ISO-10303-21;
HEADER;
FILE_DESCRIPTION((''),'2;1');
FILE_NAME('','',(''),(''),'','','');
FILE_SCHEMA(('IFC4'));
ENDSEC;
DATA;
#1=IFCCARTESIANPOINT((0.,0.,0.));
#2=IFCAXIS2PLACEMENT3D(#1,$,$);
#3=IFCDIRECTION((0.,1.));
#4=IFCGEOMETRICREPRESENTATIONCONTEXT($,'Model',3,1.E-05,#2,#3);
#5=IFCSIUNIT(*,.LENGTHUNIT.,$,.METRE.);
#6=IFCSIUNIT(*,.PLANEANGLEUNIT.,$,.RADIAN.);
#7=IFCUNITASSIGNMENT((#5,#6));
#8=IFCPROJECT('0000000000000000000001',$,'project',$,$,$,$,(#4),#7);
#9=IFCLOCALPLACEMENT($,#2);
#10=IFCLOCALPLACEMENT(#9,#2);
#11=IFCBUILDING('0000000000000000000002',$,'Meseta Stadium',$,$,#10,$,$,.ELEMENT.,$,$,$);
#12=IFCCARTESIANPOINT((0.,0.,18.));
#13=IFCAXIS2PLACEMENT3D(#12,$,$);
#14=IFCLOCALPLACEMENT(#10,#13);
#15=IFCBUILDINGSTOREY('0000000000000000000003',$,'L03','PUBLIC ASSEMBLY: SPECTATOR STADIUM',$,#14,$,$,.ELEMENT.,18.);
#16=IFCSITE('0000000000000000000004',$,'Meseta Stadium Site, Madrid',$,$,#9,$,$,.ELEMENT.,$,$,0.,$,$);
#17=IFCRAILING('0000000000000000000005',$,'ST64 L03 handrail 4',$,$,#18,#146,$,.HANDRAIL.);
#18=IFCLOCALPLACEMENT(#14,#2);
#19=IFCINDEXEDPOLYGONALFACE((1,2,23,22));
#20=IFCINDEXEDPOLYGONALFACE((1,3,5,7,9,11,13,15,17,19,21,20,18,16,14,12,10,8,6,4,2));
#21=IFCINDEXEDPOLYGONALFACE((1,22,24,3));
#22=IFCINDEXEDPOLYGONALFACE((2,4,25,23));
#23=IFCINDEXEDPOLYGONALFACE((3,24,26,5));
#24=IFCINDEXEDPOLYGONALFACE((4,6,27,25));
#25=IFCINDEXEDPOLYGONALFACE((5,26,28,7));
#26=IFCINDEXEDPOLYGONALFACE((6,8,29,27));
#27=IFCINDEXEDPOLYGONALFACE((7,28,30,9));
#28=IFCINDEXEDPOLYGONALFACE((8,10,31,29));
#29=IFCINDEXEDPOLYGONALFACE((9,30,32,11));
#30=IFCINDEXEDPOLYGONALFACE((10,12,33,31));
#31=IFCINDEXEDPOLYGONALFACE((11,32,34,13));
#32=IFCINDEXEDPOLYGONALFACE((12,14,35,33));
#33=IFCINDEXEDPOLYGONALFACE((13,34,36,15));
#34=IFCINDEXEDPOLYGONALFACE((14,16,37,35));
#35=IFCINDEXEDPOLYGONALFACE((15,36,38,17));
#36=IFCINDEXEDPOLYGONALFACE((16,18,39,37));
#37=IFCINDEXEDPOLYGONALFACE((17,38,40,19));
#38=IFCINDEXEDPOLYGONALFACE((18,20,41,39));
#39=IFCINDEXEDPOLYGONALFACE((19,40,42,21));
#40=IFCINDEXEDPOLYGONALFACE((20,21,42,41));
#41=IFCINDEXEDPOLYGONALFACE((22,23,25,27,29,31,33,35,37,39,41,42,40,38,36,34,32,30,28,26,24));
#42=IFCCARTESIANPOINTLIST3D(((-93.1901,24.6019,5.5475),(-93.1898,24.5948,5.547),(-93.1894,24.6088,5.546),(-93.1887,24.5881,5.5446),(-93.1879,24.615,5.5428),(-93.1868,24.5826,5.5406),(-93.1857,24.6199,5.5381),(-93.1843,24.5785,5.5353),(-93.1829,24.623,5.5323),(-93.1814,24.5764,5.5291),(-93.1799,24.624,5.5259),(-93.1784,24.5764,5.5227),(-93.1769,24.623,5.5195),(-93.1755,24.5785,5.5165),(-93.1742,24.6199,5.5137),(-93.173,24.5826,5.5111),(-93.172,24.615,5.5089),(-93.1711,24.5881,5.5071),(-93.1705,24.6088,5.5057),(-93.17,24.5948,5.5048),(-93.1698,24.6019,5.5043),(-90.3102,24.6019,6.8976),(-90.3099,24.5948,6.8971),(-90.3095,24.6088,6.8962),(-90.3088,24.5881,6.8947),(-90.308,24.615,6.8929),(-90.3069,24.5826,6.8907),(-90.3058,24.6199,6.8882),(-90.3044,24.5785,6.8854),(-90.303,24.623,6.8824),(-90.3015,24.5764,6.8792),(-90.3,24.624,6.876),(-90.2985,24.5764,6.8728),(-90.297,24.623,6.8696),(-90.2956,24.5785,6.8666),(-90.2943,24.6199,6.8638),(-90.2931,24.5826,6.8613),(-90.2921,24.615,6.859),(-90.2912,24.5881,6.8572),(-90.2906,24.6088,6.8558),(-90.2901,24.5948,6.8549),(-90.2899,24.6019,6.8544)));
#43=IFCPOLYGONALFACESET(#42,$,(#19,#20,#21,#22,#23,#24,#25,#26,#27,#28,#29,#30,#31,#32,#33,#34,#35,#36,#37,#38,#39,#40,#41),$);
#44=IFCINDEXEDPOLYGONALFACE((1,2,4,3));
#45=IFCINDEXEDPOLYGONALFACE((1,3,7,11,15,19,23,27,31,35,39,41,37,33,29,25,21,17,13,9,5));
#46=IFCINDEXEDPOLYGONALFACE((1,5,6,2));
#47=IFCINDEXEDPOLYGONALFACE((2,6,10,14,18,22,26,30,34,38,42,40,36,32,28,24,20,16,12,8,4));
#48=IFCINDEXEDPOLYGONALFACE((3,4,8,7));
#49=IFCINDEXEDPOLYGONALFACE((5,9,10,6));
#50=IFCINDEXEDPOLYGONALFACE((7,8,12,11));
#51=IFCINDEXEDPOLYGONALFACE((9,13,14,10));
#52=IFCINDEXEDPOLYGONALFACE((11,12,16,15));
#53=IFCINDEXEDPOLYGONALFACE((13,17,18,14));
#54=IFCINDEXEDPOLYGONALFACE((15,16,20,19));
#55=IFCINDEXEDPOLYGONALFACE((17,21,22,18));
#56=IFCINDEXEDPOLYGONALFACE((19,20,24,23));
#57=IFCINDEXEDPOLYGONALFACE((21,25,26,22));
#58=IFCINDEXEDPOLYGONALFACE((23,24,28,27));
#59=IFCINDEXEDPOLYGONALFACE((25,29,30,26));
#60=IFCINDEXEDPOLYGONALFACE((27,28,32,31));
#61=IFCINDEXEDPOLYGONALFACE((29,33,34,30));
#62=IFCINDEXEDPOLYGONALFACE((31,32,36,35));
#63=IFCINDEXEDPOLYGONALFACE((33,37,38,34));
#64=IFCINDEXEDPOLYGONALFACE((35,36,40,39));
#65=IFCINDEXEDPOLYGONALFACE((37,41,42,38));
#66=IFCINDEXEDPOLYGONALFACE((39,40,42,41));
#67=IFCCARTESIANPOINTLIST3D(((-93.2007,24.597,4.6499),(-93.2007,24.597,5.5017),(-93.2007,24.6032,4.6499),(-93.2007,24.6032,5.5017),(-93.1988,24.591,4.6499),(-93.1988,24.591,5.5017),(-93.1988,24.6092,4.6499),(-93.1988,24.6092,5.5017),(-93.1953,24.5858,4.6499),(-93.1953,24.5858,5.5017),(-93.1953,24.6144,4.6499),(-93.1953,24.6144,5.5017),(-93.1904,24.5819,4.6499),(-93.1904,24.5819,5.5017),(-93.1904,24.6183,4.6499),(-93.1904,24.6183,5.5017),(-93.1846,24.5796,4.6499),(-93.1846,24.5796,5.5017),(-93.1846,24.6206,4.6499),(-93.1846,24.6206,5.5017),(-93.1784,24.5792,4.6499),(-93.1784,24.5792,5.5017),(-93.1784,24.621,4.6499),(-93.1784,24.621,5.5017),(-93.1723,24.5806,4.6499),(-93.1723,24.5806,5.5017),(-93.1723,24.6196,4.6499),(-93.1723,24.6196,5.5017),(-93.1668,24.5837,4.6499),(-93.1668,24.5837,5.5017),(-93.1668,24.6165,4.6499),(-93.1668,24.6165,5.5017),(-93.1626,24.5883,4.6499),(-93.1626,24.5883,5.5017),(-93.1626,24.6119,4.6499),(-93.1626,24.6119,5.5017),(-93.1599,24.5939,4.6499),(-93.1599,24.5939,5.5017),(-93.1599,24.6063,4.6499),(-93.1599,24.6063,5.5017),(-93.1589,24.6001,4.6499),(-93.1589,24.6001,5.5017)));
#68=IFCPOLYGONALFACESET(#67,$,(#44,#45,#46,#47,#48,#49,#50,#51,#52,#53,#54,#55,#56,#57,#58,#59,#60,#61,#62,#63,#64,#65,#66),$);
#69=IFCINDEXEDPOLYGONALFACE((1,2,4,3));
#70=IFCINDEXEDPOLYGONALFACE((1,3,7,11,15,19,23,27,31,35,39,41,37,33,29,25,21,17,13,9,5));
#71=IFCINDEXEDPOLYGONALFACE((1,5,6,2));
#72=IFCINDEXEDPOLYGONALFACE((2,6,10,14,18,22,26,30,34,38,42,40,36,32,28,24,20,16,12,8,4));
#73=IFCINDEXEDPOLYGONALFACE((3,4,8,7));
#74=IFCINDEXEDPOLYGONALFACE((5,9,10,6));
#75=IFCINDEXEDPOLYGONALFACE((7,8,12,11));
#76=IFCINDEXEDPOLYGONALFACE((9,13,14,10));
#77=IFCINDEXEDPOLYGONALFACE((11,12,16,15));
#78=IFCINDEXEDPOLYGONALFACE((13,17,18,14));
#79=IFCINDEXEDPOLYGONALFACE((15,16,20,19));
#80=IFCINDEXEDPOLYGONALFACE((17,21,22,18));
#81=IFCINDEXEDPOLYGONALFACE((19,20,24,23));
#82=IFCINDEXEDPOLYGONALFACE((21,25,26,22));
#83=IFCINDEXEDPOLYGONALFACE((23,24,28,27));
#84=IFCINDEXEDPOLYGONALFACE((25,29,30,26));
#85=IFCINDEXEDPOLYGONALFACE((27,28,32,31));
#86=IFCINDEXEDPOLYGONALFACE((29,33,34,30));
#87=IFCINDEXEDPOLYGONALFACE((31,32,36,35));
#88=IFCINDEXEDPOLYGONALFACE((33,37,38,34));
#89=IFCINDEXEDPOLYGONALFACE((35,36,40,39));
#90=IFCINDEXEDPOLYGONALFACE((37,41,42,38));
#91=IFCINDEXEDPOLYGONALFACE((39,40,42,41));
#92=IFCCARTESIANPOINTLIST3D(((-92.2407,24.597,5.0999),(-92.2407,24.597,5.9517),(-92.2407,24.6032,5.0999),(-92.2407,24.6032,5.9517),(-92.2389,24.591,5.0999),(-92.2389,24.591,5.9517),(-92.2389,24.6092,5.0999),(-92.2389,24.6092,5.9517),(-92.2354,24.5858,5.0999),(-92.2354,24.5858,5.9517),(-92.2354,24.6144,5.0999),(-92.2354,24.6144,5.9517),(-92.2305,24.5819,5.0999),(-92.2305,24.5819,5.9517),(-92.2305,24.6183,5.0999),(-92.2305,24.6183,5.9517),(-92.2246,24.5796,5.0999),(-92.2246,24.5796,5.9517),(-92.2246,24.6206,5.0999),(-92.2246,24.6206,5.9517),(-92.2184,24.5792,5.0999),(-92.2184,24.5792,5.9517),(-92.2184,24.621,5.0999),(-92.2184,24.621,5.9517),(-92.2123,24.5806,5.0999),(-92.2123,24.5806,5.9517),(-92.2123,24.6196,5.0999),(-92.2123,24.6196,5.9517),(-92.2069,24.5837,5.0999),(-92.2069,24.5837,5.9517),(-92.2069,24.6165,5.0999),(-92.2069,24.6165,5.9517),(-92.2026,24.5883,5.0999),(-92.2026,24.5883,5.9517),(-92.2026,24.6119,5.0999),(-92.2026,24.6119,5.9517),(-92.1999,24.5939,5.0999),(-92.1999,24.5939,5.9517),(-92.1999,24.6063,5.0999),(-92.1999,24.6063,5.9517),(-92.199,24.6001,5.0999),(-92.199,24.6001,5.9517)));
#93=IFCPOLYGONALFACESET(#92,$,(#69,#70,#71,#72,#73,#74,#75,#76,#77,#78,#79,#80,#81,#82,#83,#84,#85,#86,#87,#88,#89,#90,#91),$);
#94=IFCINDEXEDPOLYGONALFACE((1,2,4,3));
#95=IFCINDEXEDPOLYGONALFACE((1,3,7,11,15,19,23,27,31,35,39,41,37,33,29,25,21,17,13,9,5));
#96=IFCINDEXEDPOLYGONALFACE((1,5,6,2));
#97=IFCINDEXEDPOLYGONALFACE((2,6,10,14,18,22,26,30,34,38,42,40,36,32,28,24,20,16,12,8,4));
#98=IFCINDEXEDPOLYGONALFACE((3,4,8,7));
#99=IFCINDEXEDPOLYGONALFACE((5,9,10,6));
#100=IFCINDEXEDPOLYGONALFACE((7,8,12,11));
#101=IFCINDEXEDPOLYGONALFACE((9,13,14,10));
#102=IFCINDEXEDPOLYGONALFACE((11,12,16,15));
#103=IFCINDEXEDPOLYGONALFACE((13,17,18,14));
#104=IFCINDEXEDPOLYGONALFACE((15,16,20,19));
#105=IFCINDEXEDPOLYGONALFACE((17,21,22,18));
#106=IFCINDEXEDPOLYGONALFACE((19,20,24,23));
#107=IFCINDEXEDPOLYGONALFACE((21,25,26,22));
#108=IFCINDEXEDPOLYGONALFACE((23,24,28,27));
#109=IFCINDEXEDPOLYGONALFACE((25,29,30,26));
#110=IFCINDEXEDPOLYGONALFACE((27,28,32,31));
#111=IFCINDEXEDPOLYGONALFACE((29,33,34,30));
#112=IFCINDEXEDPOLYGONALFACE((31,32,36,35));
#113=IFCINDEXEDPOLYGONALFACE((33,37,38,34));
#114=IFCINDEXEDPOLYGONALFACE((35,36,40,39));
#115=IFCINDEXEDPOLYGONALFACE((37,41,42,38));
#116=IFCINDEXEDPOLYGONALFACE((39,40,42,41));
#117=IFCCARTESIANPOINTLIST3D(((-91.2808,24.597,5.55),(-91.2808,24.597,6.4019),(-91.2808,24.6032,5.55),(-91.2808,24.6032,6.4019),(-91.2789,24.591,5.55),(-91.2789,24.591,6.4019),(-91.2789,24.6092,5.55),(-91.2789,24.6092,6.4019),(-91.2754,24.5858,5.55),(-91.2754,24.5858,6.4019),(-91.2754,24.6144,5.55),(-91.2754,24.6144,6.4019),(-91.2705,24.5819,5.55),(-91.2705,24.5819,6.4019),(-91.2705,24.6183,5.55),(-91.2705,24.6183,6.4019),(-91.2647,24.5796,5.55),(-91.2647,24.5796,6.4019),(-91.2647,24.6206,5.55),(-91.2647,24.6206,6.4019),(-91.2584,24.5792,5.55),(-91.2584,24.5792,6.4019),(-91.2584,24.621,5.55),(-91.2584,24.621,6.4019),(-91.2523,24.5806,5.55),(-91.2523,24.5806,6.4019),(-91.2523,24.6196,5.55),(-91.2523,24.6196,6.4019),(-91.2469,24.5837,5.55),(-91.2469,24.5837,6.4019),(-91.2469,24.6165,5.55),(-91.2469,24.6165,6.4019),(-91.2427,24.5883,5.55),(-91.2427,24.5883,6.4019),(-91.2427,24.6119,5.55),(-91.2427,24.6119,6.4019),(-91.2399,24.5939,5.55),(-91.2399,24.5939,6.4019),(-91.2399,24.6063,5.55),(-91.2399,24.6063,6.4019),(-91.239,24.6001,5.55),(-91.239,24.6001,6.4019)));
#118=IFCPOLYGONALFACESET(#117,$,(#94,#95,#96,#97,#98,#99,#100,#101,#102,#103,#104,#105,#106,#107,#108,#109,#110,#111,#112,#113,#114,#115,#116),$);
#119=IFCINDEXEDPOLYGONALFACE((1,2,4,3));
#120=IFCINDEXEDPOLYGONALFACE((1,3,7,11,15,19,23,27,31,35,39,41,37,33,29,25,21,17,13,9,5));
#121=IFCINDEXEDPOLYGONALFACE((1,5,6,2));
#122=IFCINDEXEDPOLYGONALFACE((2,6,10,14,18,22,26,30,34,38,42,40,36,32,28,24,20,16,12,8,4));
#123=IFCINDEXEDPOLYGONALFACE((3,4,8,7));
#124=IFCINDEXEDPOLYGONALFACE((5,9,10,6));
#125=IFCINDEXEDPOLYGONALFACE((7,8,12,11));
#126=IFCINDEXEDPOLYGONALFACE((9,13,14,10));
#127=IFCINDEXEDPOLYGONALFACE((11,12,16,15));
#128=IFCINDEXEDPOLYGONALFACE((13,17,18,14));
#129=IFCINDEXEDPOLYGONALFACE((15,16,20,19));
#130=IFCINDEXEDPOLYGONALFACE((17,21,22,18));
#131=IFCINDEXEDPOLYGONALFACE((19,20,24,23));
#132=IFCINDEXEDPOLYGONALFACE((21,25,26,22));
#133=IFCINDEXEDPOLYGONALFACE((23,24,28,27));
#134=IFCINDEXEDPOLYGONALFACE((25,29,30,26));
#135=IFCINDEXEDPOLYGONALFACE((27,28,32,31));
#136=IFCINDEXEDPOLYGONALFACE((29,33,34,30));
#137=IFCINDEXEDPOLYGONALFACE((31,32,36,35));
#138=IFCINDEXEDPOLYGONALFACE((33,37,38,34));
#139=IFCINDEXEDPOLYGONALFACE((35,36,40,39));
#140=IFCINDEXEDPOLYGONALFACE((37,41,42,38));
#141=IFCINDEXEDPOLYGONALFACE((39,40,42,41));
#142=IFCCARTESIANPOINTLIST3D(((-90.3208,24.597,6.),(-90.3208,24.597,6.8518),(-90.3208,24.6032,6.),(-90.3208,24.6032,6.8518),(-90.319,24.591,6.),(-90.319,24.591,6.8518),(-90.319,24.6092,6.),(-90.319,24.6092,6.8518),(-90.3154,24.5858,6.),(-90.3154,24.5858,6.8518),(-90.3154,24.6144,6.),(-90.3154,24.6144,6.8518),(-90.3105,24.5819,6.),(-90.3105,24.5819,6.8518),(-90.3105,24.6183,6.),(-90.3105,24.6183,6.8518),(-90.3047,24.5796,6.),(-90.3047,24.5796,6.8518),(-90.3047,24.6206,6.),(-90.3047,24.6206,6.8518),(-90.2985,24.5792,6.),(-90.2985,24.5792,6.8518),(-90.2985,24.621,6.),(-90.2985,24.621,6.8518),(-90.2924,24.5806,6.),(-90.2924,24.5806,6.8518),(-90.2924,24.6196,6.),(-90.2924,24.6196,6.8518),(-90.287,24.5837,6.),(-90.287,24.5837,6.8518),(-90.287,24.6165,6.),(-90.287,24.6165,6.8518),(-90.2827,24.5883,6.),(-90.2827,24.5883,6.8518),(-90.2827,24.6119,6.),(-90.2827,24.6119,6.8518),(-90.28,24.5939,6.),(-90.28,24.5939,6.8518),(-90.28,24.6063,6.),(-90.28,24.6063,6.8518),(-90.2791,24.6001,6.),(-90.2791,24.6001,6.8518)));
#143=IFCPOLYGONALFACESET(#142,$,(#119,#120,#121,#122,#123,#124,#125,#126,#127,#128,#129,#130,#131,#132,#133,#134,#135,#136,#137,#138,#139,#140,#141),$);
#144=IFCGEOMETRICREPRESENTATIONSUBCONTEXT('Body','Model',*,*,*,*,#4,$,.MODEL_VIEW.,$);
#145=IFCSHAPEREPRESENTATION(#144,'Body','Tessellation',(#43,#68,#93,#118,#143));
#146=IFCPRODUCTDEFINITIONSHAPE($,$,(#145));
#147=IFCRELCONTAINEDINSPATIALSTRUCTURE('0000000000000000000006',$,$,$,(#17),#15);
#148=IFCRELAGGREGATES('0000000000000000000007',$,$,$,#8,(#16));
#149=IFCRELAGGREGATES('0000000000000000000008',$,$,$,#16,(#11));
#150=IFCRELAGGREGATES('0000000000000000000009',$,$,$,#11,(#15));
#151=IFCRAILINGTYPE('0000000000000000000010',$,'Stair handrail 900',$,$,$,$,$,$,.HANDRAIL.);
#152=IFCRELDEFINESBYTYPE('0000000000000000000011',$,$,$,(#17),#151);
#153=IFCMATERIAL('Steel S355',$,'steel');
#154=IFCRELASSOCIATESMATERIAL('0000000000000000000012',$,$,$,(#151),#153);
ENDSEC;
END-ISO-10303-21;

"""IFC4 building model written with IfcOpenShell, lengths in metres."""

from ifc_helpers import new_model, si_unit, direction, frame, origin, origin_2d, place, context, subcontext, project, spatial, circle, extrude, material, type_object, element, save


model = new_model("IFC4")

# Units and contexts
model_context = context("Model", 3, precision=1e-05, world=origin(), true_north=direction((0.0, 1.0)))
body_context = subcontext(model_context, "Body", "Model", "MODEL_VIEW")
ifc_project = project(units=[si_unit("LENGTHUNIT", "METRE"), si_unit("PLANEANGLEUNIT", "RADIAN")], contexts=[model_context])

# Site, building, storey
site_placement = place(None, origin())
site = spatial("IfcSite", under=ifc_project, at=site_placement, Name="Meseta Stadium Site, Madrid", CompositionType="ELEMENT", RefElevation=0.0)
building_placement = place(site_placement, origin())
building = spatial("IfcBuilding", under=site, at=building_placement, Name="Meseta Stadium", CompositionType="ELEMENT")
storey_placement = place(building_placement, frame((0.0, 0.0, 18.0)))
storey = spatial("IfcBuildingStorey", under=building, at=storey_placement, Name="L03", Description="PUBLIC ASSEMBLY: SPECTATOR STADIUM", CompositionType="ELEMENT", Elevation=18.0)

# Railing
ifc_material_1 = material(Name="Steel S355", Category="steel")
railing_type_1 = type_object("IfcRailingType", Name="Stair handrail 900", PredefinedType="HANDRAIL", material=ifc_material_1)
for number, where, name in (
    (1, (-93.1799, 24.6001, 4.6499), "ST64 L03 handrail 4"),
):
    element("IfcRailing", number, at=place(storey_placement, frame(where)), inside=storey, type_object=railing_type_1, Name=name, PredefinedType="HANDRAIL", context=body_context, shape_type="SweptSolid", body=[
        extrude(circle(Radius=0.0239, at=origin_2d()), frame((0.0, 0.0, 0.876), z_axis=(0.90544, 0.0, 0.424473), x_axis=(0.0, 1.0, 0.0)), (0.0, 0.0, 1.0), 3.1807),
        extrude(circle(Radius=0.021, at=origin_2d()), origin(), (0.0, 0.0, 1.0), 0.8518),
        extrude(circle(Radius=0.021, at=origin_2d()), frame((0.96, 0.0, 0.45)), (0.0, 0.0, 1.0), 0.8518),
        extrude(circle(Radius=0.021, at=origin_2d()), frame((1.9199, 0.0, 0.9001)), (0.0, 0.0, 1.0), 0.8518),
        extrude(circle(Radius=0.021, at=origin_2d()), frame((2.8799, 0.0, 1.3501)), (0.0, 0.0, 1.0), 0.8518),
    ])

save(model, "model.ifc")
